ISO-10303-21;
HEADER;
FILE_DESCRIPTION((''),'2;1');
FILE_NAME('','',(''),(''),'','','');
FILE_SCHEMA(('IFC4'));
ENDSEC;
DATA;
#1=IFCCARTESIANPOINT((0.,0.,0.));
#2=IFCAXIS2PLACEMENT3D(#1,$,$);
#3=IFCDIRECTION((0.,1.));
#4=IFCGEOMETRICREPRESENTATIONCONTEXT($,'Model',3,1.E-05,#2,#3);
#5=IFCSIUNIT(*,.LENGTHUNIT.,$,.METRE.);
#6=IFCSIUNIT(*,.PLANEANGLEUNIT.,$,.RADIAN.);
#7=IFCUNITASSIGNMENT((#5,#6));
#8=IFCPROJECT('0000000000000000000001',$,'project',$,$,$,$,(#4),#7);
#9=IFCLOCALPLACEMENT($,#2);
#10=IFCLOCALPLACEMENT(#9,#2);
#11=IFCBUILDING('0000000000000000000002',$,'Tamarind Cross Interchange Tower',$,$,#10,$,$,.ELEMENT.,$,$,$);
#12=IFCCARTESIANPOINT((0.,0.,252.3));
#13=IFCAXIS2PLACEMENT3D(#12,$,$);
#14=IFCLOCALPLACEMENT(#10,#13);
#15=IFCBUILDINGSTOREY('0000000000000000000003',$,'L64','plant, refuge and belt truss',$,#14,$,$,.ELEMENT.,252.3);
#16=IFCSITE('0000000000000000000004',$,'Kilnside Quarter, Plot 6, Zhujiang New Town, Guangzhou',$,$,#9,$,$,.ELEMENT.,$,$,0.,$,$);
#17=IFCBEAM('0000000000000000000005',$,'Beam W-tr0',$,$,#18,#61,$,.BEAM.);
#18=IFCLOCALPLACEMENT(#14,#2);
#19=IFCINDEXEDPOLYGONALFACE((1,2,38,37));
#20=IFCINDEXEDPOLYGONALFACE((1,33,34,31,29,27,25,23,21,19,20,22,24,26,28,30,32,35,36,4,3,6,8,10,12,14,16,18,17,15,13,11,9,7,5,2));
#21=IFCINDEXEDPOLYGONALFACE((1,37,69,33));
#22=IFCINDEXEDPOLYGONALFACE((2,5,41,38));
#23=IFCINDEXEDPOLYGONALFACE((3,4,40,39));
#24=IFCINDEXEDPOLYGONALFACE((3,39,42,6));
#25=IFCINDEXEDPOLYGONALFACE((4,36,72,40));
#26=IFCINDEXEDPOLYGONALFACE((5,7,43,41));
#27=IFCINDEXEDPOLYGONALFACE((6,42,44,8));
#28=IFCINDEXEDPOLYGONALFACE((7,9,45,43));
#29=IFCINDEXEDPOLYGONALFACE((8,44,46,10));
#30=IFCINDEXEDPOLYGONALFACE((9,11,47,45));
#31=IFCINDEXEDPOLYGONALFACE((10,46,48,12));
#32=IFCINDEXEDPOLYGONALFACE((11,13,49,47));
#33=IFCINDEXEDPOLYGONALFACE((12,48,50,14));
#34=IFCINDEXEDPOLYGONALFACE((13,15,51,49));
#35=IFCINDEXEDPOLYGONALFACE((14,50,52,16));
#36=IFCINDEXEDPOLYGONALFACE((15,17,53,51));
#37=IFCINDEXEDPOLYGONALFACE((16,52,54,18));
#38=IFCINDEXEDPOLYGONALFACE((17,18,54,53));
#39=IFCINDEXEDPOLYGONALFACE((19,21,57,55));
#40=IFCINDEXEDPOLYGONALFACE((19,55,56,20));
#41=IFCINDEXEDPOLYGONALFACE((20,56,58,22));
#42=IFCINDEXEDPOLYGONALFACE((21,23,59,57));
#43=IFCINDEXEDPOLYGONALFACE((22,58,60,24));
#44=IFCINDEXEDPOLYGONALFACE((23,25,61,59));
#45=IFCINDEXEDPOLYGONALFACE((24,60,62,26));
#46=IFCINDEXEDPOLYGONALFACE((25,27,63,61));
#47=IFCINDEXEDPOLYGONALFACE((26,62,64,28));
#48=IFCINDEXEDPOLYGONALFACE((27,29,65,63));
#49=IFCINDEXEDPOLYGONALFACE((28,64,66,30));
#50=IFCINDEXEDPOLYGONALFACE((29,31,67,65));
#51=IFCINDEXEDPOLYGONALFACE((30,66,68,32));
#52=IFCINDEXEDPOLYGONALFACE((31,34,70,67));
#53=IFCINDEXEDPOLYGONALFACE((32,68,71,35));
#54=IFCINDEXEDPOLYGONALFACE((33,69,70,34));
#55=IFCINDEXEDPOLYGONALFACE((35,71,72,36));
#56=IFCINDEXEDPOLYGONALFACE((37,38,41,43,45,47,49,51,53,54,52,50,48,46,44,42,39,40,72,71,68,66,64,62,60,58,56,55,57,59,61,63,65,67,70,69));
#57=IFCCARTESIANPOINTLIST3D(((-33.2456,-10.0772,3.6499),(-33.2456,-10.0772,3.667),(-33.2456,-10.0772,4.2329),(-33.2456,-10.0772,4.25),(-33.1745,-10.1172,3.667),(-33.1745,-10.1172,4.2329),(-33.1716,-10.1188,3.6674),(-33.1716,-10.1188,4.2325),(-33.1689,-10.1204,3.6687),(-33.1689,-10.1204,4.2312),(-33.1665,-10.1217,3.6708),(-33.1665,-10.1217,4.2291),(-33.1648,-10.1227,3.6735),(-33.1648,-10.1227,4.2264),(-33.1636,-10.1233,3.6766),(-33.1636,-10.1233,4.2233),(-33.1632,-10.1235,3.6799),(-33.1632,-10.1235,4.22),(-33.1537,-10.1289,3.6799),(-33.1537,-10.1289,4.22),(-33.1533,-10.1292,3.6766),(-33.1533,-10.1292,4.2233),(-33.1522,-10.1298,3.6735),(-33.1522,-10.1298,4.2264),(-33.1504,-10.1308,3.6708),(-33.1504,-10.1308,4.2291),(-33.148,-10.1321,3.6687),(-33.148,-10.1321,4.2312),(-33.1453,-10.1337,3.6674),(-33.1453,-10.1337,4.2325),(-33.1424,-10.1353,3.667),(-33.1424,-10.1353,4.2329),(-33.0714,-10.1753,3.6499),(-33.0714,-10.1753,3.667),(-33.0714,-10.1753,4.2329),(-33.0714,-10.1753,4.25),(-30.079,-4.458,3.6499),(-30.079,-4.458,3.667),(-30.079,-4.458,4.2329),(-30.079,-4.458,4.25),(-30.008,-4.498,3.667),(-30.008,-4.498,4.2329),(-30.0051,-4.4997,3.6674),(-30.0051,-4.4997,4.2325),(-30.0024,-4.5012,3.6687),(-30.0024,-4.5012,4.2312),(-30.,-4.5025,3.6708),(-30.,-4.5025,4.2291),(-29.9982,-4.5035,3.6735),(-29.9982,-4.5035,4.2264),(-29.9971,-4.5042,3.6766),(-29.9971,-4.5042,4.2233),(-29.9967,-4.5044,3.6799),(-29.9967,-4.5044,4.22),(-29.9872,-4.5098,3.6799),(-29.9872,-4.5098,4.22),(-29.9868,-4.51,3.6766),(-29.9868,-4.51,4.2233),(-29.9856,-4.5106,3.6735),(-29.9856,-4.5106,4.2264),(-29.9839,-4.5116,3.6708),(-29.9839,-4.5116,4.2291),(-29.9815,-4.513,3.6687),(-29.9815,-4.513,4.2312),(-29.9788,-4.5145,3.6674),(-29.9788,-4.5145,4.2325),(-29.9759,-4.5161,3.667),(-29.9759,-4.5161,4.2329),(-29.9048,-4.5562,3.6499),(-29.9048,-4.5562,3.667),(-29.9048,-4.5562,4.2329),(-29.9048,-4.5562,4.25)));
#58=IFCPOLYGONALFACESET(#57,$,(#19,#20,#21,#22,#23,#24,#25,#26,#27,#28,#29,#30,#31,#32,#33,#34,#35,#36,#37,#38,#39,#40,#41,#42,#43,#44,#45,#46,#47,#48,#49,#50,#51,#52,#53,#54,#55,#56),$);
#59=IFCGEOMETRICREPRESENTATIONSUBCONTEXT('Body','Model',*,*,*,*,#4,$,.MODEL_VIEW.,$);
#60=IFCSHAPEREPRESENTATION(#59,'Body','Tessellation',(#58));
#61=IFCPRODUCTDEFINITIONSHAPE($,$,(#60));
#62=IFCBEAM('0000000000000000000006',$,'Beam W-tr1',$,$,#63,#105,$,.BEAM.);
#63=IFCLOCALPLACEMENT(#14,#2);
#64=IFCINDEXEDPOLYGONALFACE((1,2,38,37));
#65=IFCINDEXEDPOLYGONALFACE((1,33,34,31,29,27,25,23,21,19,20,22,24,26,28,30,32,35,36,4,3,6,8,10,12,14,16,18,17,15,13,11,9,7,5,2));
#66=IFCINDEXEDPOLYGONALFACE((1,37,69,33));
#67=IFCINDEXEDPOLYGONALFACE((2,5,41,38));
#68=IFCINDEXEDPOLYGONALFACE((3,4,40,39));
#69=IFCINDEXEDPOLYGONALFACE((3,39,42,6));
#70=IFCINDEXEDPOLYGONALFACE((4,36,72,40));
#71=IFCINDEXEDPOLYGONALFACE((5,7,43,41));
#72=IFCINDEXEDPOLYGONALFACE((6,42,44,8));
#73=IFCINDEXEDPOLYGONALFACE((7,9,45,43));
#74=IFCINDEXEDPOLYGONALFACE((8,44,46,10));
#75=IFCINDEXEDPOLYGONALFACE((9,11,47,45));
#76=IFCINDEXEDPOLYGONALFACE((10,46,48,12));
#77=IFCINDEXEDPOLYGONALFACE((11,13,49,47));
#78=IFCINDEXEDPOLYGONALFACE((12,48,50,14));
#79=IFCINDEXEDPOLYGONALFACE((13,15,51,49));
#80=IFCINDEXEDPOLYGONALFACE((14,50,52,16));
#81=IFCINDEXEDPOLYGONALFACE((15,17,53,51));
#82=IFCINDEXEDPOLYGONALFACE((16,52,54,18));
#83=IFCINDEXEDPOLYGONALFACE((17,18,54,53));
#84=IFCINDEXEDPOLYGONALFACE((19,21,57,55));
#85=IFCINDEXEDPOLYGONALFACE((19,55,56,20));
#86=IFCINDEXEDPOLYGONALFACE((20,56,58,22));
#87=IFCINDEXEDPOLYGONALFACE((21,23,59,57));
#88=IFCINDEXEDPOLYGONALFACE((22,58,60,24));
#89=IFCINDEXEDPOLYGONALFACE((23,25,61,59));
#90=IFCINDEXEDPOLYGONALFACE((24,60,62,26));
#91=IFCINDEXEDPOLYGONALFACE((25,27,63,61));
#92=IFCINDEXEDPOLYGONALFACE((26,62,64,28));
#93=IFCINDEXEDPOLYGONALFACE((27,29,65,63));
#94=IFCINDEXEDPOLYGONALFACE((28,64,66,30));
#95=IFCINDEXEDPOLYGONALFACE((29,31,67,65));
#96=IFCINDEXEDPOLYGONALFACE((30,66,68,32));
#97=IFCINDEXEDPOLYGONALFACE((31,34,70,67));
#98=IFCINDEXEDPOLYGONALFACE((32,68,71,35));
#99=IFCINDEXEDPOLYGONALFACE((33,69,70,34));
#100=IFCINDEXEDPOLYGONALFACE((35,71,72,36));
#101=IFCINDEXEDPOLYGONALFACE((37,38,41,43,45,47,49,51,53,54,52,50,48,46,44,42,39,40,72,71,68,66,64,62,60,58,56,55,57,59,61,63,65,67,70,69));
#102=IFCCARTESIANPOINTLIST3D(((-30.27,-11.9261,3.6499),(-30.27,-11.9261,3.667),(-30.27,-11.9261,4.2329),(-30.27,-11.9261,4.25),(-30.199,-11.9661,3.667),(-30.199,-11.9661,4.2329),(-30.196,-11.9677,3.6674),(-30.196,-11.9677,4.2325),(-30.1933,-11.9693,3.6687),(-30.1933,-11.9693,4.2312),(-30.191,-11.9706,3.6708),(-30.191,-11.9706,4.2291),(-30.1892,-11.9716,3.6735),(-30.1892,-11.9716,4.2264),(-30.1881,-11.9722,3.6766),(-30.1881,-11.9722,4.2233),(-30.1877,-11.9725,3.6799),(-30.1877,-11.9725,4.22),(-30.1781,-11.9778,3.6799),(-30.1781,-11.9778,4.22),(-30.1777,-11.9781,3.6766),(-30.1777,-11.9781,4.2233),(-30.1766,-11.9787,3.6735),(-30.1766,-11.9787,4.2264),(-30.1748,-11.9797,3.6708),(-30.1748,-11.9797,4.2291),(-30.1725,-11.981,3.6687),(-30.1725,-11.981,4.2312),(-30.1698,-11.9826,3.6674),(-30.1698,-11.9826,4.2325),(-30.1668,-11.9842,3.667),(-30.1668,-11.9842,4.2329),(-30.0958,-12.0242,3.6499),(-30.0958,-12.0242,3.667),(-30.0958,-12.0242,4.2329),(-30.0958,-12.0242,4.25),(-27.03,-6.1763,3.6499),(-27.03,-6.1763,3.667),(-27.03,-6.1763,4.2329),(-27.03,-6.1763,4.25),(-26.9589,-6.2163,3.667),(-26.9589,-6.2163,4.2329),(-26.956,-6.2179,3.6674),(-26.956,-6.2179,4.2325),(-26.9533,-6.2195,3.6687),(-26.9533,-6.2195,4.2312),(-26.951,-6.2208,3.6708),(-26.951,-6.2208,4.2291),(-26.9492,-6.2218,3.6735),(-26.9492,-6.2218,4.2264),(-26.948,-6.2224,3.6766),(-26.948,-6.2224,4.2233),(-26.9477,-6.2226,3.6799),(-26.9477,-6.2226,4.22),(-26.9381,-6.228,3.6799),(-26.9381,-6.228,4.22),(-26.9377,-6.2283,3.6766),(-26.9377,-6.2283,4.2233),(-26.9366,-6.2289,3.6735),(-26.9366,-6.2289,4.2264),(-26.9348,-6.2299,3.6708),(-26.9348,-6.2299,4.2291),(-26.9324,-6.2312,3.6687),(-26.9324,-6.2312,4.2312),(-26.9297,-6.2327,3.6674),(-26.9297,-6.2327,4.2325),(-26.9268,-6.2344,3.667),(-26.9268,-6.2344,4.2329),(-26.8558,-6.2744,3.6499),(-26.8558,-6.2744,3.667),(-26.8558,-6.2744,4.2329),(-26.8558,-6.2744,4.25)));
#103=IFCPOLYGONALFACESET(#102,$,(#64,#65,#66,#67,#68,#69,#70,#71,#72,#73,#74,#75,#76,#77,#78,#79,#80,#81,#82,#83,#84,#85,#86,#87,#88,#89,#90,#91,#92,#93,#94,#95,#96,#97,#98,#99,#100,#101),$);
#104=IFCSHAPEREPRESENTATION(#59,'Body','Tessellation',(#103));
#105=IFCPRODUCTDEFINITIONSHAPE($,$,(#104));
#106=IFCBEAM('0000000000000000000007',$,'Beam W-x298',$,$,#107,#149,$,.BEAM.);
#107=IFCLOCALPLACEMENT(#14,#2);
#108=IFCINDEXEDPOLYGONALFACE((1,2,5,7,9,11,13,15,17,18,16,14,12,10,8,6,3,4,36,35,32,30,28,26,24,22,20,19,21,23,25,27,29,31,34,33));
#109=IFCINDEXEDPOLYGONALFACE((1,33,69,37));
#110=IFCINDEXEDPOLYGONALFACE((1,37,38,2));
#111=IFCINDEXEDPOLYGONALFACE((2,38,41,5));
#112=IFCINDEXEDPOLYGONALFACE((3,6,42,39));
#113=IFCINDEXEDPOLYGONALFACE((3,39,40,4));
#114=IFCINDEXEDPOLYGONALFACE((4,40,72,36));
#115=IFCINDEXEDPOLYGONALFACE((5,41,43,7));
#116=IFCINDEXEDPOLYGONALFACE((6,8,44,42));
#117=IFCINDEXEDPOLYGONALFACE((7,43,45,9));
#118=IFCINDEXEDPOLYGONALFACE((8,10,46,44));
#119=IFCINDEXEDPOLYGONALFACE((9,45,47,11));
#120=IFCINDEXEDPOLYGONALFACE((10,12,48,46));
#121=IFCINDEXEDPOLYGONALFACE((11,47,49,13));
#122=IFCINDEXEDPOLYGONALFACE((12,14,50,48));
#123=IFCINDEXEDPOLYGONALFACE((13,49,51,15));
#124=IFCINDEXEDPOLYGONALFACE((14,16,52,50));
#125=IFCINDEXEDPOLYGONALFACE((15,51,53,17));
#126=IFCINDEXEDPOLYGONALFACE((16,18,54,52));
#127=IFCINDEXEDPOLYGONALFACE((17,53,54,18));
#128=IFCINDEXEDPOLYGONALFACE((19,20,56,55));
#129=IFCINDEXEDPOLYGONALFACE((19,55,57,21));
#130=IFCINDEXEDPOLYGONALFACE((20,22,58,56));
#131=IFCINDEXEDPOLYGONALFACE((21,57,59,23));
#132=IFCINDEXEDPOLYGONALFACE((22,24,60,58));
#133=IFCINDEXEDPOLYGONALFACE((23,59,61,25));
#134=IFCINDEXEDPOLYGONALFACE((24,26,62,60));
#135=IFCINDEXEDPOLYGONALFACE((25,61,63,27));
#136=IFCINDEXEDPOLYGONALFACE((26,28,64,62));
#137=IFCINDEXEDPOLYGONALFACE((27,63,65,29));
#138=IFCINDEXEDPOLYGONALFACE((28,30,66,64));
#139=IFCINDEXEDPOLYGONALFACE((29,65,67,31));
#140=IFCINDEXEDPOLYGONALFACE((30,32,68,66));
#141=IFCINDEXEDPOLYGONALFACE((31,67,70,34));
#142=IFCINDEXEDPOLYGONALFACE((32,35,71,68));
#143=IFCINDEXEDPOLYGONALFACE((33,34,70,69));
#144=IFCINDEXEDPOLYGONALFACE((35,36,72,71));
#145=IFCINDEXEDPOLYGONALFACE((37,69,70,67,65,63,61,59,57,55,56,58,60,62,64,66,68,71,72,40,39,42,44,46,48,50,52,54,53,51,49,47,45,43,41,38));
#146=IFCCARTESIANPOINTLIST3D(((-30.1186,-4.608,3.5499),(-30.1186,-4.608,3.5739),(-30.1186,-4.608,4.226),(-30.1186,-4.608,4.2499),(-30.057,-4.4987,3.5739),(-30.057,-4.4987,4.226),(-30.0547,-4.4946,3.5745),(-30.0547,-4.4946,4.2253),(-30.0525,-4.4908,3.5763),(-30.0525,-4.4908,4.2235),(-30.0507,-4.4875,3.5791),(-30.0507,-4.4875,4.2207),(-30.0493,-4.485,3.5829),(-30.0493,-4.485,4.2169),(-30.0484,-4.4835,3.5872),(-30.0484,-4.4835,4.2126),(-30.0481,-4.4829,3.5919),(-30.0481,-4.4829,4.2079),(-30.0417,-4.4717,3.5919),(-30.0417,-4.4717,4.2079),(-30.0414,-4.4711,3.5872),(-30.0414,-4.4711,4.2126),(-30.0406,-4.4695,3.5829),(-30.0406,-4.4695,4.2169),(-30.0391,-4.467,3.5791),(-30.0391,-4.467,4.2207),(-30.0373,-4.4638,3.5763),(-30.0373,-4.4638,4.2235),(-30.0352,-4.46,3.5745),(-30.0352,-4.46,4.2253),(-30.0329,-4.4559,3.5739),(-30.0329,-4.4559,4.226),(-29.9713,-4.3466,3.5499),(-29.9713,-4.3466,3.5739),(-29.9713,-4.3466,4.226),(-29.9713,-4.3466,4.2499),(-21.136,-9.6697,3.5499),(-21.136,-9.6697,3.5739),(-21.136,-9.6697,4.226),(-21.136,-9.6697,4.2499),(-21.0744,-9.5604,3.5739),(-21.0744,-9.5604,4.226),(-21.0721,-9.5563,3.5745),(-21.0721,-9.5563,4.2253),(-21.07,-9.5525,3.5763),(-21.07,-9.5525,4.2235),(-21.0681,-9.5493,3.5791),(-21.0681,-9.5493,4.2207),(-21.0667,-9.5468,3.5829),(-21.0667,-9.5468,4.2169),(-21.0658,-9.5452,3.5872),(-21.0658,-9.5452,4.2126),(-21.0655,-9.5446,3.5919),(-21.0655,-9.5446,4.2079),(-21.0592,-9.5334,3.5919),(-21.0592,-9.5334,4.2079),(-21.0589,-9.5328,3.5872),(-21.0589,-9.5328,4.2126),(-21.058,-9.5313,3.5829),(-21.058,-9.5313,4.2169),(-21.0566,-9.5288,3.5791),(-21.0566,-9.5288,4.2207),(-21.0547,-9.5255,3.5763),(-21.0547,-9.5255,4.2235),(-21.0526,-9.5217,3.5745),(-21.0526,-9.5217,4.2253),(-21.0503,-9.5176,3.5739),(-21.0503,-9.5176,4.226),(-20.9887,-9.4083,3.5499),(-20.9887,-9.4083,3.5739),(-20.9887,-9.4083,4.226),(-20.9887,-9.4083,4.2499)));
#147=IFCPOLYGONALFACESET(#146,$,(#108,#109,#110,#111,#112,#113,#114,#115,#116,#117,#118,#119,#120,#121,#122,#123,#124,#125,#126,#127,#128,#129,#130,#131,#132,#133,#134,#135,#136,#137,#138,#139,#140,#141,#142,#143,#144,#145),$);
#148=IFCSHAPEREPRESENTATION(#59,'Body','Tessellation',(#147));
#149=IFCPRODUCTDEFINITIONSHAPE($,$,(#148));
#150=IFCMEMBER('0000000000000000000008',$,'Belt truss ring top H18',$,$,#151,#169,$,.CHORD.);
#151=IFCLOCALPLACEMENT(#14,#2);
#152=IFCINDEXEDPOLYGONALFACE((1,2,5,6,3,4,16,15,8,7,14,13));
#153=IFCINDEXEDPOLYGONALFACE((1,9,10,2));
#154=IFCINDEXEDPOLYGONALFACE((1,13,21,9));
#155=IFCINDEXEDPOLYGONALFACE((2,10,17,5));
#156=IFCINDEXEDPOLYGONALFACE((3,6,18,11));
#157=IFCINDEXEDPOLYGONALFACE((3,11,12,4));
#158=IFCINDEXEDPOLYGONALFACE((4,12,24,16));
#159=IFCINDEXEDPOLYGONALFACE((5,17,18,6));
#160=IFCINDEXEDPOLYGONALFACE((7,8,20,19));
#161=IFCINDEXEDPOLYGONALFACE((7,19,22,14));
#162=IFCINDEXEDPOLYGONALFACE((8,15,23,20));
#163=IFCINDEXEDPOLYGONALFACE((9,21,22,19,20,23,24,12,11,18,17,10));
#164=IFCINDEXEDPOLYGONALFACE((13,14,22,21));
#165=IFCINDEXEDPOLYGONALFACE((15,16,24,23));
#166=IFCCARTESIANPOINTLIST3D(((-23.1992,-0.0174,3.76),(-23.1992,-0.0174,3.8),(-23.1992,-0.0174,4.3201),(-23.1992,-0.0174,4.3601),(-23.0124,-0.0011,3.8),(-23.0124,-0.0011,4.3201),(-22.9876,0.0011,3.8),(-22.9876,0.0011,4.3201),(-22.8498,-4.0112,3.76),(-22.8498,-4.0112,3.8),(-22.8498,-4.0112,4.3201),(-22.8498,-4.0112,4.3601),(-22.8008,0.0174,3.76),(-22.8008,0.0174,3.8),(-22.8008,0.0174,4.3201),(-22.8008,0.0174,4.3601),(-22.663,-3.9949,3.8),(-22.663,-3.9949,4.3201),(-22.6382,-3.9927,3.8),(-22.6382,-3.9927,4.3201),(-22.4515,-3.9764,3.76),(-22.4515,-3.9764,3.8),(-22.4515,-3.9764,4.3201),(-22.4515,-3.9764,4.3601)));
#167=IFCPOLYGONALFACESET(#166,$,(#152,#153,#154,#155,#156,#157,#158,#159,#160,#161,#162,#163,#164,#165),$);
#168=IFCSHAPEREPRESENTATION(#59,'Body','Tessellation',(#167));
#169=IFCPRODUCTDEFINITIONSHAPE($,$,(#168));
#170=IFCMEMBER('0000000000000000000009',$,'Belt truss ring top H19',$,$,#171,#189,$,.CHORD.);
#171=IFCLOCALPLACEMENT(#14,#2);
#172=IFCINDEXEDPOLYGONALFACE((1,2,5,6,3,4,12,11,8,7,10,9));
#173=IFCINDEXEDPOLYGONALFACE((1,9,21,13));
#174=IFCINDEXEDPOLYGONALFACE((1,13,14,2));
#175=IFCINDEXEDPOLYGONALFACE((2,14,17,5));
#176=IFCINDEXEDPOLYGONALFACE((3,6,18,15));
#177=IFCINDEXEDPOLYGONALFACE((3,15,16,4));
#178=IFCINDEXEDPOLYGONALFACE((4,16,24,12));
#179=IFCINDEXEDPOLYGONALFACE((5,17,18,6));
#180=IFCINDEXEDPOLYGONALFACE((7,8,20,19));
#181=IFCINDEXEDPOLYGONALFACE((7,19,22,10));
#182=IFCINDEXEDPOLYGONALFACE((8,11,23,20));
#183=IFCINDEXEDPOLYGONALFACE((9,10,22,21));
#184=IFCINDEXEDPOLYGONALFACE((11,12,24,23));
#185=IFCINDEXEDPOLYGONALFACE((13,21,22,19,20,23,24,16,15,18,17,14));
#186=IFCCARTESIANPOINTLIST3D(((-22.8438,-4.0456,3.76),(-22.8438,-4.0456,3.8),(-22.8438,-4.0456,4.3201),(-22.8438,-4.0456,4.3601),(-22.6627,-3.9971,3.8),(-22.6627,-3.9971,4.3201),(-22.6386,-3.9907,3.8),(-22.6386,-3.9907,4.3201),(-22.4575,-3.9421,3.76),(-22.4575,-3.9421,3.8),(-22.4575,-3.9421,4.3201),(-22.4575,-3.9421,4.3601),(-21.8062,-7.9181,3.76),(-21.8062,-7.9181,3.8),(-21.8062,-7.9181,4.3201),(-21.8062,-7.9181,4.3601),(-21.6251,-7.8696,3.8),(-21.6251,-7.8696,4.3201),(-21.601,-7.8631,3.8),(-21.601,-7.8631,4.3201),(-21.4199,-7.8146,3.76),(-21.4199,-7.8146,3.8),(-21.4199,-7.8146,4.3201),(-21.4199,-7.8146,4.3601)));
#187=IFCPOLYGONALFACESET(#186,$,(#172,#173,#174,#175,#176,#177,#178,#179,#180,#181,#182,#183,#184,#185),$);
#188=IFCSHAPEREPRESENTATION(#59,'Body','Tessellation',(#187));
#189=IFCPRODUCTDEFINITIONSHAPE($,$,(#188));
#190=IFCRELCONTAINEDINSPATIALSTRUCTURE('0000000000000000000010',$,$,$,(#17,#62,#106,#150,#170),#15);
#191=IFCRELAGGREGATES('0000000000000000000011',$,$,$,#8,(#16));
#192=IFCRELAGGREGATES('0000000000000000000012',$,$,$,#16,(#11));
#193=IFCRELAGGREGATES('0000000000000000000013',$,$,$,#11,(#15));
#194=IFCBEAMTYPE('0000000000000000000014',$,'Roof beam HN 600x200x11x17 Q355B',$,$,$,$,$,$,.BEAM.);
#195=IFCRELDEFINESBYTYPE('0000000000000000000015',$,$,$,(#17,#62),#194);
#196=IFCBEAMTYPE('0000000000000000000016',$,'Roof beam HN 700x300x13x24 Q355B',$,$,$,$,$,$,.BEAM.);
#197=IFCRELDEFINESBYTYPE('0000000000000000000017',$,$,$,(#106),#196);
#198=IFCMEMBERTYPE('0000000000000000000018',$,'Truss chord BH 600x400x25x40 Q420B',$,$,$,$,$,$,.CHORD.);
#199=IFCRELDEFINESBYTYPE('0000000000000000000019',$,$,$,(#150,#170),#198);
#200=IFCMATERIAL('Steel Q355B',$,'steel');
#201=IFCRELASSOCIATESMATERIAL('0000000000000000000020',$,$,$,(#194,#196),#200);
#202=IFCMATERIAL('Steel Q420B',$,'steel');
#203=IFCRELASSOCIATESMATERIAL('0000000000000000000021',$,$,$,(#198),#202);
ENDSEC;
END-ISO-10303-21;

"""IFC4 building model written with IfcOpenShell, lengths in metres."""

from ifc_helpers import new_model, si_unit, direction, frame, origin, origin_2d, place, context, subcontext, project, spatial, i_section, extrude, material, material_profile, profile_set, type_object, element, save


model = new_model("IFC4")

# Units and contexts
model_context = context("Model", 3, precision=1e-05, world=origin(), true_north=direction((0.0, 1.0)))
body_context = subcontext(model_context, "Body", "Model", "MODEL_VIEW")
ifc_project = project(units=[si_unit("LENGTHUNIT", "METRE"), si_unit("PLANEANGLEUNIT", "RADIAN")], contexts=[model_context])

# Site, building, storey
site_placement = place(None, origin())
site = spatial("IfcSite", under=ifc_project, at=site_placement, Name="Kilnside Quarter, Plot 6, Zhujiang New Town, Guangzhou", CompositionType="ELEMENT", RefElevation=0.0)
building_placement = place(site_placement, origin())
building = spatial("IfcBuilding", under=site, at=building_placement, Name="Tamarind Cross Interchange Tower", CompositionType="ELEMENT")
storey_placement = place(building_placement, frame((0.0, 0.0, 252.3)))
storey = spatial("IfcBuildingStorey", under=building, at=storey_placement, Name="L64", Description="plant, refuge and belt truss", CompositionType="ELEMENT", Elevation=252.3)

# Beams
ifc_material_1 = material(Name="Steel Q355B", Category="steel")
ifc_material_profile_1 = material_profile(ifc_material_1, i_section(OverallWidth=0.2, OverallDepth=0.6001, WebThickness=0.011, FlangeThickness=0.0171, FilletRadius=0.0129, at=origin_2d()), Name="HN 600x200x11x17")
ifc_profile_set_1 = profile_set([ifc_material_profile_1], Name="Steel Q355B")
beam_type_1 = type_object("IfcBeamType", Name="Roof beam HN 600x200x11x17 Q355B", PredefinedType="BEAM", material=ifc_profile_set_1)
beam_1_placement = place(storey_placement, frame((-29.9919, -4.5071, 3.95), z_axis=(-0.490937, -0.871195, 0.0), x_axis=(0.871195, -0.490937, 0.0)))
element("IfcBeam", 1, at=beam_1_placement, inside=storey, type_object=beam_type_1, Name="Beam W-tr0", PredefinedType="BEAM", context=body_context, shape_type="SweptSolid", body=[
    extrude(i_section(OverallWidth=0.2, OverallDepth=0.6001, WebThickness=0.011, FlangeThickness=0.0171, FilletRadius=0.0129, at=origin_2d()), origin(), (0.0, 0.0, 1.0), 6.45),
])
beam_2_placement = place(storey_placement, frame((-26.9429, -6.2253, 3.95), z_axis=(-0.490923, -0.871203, 0.0), x_axis=(0.871203, -0.490923, 0.0)))
element("IfcBeam", 2, at=beam_2_placement, inside=storey, type_object=beam_type_1, Name="Beam W-tr1", PredefinedType="BEAM", context=body_context, shape_type="SweptSolid", body=[
    extrude(i_section(OverallWidth=0.2, OverallDepth=0.6001, WebThickness=0.011, FlangeThickness=0.0171, FilletRadius=0.0129, at=origin_2d()), origin(), (0.0, 0.0, 1.0), 6.5999),
])
ifc_material_profile_2 = material_profile(ifc_material_1, i_section(OverallWidth=0.3, OverallDepth=0.7, WebThickness=0.0129, FlangeThickness=0.0239, FilletRadius=0.0181, at=origin_2d()), Name="HN 700x300x13x24")
ifc_profile_set_2 = profile_set([ifc_material_profile_2], Name="Steel Q355B")
beam_type_2 = type_object("IfcBeamType", Name="Roof beam HN 700x300x13x24 Q355B", PredefinedType="BEAM", material=ifc_profile_set_2)
beam_3_placement = place(storey_placement, frame((-30.0449, -4.4773, 3.8999), z_axis=(0.871202, -0.490925, 0.0), x_axis=(0.490925, 0.871202, 0.0)))
element("IfcBeam", 3, at=beam_3_placement, inside=storey, type_object=beam_type_2, Name="Beam W-x298", PredefinedType="BEAM", context=body_context, shape_type="SweptSolid", body=[
    extrude(i_section(OverallWidth=0.3, OverallDepth=0.7, WebThickness=0.0129, FlangeThickness=0.0239, FilletRadius=0.0181, at=origin_2d()), origin(), (0.0, 0.0, 1.0), 10.3105),
])

# Members
ifc_material_2 = material(Name="Steel Q420B", Category="steel")
ifc_material_profile_3 = material_profile(ifc_material_2, i_section(OverallWidth=0.3999, OverallDepth=0.6001, WebThickness=0.0249, FlangeThickness=0.04, at=origin_2d()), Name="BH 600x400x25x40")
ifc_profile_set_3 = profile_set([ifc_material_profile_3], Name="Steel Q420B")
member_type = type_object("IfcMemberType", Name="Truss chord BH 600x400x25x40 Q420B", PredefinedType="CHORD", material=ifc_profile_set_3)
for number, where, z_axis, x_axis, name in (
    (4, (-23.0, 0.0, 4.0601), (0.087142, -0.996196, 0.0), (0.996196, 0.087142, 0.0), "Belt truss ring top H18"),
    (5, (-22.6506, -3.9939, 4.0601), (0.258807, -0.965929, 0.0), (0.965929, 0.258807, 0.0), "Belt truss ring top H19"),
):
    element("IfcMember", number, at=place(storey_placement, frame(where, z_axis=z_axis, x_axis=x_axis)), inside=storey, type_object=member_type, Name=name, PredefinedType="CHORD", context=body_context, shape_type="SweptSolid", body=[
        extrude(i_section(OverallWidth=0.3999, OverallDepth=0.6001, WebThickness=0.0249, FlangeThickness=0.04, at=origin_2d()), origin(), (0.0, 0.0, 1.0), 4.009),
    ])

save(model, "model.ifc")
